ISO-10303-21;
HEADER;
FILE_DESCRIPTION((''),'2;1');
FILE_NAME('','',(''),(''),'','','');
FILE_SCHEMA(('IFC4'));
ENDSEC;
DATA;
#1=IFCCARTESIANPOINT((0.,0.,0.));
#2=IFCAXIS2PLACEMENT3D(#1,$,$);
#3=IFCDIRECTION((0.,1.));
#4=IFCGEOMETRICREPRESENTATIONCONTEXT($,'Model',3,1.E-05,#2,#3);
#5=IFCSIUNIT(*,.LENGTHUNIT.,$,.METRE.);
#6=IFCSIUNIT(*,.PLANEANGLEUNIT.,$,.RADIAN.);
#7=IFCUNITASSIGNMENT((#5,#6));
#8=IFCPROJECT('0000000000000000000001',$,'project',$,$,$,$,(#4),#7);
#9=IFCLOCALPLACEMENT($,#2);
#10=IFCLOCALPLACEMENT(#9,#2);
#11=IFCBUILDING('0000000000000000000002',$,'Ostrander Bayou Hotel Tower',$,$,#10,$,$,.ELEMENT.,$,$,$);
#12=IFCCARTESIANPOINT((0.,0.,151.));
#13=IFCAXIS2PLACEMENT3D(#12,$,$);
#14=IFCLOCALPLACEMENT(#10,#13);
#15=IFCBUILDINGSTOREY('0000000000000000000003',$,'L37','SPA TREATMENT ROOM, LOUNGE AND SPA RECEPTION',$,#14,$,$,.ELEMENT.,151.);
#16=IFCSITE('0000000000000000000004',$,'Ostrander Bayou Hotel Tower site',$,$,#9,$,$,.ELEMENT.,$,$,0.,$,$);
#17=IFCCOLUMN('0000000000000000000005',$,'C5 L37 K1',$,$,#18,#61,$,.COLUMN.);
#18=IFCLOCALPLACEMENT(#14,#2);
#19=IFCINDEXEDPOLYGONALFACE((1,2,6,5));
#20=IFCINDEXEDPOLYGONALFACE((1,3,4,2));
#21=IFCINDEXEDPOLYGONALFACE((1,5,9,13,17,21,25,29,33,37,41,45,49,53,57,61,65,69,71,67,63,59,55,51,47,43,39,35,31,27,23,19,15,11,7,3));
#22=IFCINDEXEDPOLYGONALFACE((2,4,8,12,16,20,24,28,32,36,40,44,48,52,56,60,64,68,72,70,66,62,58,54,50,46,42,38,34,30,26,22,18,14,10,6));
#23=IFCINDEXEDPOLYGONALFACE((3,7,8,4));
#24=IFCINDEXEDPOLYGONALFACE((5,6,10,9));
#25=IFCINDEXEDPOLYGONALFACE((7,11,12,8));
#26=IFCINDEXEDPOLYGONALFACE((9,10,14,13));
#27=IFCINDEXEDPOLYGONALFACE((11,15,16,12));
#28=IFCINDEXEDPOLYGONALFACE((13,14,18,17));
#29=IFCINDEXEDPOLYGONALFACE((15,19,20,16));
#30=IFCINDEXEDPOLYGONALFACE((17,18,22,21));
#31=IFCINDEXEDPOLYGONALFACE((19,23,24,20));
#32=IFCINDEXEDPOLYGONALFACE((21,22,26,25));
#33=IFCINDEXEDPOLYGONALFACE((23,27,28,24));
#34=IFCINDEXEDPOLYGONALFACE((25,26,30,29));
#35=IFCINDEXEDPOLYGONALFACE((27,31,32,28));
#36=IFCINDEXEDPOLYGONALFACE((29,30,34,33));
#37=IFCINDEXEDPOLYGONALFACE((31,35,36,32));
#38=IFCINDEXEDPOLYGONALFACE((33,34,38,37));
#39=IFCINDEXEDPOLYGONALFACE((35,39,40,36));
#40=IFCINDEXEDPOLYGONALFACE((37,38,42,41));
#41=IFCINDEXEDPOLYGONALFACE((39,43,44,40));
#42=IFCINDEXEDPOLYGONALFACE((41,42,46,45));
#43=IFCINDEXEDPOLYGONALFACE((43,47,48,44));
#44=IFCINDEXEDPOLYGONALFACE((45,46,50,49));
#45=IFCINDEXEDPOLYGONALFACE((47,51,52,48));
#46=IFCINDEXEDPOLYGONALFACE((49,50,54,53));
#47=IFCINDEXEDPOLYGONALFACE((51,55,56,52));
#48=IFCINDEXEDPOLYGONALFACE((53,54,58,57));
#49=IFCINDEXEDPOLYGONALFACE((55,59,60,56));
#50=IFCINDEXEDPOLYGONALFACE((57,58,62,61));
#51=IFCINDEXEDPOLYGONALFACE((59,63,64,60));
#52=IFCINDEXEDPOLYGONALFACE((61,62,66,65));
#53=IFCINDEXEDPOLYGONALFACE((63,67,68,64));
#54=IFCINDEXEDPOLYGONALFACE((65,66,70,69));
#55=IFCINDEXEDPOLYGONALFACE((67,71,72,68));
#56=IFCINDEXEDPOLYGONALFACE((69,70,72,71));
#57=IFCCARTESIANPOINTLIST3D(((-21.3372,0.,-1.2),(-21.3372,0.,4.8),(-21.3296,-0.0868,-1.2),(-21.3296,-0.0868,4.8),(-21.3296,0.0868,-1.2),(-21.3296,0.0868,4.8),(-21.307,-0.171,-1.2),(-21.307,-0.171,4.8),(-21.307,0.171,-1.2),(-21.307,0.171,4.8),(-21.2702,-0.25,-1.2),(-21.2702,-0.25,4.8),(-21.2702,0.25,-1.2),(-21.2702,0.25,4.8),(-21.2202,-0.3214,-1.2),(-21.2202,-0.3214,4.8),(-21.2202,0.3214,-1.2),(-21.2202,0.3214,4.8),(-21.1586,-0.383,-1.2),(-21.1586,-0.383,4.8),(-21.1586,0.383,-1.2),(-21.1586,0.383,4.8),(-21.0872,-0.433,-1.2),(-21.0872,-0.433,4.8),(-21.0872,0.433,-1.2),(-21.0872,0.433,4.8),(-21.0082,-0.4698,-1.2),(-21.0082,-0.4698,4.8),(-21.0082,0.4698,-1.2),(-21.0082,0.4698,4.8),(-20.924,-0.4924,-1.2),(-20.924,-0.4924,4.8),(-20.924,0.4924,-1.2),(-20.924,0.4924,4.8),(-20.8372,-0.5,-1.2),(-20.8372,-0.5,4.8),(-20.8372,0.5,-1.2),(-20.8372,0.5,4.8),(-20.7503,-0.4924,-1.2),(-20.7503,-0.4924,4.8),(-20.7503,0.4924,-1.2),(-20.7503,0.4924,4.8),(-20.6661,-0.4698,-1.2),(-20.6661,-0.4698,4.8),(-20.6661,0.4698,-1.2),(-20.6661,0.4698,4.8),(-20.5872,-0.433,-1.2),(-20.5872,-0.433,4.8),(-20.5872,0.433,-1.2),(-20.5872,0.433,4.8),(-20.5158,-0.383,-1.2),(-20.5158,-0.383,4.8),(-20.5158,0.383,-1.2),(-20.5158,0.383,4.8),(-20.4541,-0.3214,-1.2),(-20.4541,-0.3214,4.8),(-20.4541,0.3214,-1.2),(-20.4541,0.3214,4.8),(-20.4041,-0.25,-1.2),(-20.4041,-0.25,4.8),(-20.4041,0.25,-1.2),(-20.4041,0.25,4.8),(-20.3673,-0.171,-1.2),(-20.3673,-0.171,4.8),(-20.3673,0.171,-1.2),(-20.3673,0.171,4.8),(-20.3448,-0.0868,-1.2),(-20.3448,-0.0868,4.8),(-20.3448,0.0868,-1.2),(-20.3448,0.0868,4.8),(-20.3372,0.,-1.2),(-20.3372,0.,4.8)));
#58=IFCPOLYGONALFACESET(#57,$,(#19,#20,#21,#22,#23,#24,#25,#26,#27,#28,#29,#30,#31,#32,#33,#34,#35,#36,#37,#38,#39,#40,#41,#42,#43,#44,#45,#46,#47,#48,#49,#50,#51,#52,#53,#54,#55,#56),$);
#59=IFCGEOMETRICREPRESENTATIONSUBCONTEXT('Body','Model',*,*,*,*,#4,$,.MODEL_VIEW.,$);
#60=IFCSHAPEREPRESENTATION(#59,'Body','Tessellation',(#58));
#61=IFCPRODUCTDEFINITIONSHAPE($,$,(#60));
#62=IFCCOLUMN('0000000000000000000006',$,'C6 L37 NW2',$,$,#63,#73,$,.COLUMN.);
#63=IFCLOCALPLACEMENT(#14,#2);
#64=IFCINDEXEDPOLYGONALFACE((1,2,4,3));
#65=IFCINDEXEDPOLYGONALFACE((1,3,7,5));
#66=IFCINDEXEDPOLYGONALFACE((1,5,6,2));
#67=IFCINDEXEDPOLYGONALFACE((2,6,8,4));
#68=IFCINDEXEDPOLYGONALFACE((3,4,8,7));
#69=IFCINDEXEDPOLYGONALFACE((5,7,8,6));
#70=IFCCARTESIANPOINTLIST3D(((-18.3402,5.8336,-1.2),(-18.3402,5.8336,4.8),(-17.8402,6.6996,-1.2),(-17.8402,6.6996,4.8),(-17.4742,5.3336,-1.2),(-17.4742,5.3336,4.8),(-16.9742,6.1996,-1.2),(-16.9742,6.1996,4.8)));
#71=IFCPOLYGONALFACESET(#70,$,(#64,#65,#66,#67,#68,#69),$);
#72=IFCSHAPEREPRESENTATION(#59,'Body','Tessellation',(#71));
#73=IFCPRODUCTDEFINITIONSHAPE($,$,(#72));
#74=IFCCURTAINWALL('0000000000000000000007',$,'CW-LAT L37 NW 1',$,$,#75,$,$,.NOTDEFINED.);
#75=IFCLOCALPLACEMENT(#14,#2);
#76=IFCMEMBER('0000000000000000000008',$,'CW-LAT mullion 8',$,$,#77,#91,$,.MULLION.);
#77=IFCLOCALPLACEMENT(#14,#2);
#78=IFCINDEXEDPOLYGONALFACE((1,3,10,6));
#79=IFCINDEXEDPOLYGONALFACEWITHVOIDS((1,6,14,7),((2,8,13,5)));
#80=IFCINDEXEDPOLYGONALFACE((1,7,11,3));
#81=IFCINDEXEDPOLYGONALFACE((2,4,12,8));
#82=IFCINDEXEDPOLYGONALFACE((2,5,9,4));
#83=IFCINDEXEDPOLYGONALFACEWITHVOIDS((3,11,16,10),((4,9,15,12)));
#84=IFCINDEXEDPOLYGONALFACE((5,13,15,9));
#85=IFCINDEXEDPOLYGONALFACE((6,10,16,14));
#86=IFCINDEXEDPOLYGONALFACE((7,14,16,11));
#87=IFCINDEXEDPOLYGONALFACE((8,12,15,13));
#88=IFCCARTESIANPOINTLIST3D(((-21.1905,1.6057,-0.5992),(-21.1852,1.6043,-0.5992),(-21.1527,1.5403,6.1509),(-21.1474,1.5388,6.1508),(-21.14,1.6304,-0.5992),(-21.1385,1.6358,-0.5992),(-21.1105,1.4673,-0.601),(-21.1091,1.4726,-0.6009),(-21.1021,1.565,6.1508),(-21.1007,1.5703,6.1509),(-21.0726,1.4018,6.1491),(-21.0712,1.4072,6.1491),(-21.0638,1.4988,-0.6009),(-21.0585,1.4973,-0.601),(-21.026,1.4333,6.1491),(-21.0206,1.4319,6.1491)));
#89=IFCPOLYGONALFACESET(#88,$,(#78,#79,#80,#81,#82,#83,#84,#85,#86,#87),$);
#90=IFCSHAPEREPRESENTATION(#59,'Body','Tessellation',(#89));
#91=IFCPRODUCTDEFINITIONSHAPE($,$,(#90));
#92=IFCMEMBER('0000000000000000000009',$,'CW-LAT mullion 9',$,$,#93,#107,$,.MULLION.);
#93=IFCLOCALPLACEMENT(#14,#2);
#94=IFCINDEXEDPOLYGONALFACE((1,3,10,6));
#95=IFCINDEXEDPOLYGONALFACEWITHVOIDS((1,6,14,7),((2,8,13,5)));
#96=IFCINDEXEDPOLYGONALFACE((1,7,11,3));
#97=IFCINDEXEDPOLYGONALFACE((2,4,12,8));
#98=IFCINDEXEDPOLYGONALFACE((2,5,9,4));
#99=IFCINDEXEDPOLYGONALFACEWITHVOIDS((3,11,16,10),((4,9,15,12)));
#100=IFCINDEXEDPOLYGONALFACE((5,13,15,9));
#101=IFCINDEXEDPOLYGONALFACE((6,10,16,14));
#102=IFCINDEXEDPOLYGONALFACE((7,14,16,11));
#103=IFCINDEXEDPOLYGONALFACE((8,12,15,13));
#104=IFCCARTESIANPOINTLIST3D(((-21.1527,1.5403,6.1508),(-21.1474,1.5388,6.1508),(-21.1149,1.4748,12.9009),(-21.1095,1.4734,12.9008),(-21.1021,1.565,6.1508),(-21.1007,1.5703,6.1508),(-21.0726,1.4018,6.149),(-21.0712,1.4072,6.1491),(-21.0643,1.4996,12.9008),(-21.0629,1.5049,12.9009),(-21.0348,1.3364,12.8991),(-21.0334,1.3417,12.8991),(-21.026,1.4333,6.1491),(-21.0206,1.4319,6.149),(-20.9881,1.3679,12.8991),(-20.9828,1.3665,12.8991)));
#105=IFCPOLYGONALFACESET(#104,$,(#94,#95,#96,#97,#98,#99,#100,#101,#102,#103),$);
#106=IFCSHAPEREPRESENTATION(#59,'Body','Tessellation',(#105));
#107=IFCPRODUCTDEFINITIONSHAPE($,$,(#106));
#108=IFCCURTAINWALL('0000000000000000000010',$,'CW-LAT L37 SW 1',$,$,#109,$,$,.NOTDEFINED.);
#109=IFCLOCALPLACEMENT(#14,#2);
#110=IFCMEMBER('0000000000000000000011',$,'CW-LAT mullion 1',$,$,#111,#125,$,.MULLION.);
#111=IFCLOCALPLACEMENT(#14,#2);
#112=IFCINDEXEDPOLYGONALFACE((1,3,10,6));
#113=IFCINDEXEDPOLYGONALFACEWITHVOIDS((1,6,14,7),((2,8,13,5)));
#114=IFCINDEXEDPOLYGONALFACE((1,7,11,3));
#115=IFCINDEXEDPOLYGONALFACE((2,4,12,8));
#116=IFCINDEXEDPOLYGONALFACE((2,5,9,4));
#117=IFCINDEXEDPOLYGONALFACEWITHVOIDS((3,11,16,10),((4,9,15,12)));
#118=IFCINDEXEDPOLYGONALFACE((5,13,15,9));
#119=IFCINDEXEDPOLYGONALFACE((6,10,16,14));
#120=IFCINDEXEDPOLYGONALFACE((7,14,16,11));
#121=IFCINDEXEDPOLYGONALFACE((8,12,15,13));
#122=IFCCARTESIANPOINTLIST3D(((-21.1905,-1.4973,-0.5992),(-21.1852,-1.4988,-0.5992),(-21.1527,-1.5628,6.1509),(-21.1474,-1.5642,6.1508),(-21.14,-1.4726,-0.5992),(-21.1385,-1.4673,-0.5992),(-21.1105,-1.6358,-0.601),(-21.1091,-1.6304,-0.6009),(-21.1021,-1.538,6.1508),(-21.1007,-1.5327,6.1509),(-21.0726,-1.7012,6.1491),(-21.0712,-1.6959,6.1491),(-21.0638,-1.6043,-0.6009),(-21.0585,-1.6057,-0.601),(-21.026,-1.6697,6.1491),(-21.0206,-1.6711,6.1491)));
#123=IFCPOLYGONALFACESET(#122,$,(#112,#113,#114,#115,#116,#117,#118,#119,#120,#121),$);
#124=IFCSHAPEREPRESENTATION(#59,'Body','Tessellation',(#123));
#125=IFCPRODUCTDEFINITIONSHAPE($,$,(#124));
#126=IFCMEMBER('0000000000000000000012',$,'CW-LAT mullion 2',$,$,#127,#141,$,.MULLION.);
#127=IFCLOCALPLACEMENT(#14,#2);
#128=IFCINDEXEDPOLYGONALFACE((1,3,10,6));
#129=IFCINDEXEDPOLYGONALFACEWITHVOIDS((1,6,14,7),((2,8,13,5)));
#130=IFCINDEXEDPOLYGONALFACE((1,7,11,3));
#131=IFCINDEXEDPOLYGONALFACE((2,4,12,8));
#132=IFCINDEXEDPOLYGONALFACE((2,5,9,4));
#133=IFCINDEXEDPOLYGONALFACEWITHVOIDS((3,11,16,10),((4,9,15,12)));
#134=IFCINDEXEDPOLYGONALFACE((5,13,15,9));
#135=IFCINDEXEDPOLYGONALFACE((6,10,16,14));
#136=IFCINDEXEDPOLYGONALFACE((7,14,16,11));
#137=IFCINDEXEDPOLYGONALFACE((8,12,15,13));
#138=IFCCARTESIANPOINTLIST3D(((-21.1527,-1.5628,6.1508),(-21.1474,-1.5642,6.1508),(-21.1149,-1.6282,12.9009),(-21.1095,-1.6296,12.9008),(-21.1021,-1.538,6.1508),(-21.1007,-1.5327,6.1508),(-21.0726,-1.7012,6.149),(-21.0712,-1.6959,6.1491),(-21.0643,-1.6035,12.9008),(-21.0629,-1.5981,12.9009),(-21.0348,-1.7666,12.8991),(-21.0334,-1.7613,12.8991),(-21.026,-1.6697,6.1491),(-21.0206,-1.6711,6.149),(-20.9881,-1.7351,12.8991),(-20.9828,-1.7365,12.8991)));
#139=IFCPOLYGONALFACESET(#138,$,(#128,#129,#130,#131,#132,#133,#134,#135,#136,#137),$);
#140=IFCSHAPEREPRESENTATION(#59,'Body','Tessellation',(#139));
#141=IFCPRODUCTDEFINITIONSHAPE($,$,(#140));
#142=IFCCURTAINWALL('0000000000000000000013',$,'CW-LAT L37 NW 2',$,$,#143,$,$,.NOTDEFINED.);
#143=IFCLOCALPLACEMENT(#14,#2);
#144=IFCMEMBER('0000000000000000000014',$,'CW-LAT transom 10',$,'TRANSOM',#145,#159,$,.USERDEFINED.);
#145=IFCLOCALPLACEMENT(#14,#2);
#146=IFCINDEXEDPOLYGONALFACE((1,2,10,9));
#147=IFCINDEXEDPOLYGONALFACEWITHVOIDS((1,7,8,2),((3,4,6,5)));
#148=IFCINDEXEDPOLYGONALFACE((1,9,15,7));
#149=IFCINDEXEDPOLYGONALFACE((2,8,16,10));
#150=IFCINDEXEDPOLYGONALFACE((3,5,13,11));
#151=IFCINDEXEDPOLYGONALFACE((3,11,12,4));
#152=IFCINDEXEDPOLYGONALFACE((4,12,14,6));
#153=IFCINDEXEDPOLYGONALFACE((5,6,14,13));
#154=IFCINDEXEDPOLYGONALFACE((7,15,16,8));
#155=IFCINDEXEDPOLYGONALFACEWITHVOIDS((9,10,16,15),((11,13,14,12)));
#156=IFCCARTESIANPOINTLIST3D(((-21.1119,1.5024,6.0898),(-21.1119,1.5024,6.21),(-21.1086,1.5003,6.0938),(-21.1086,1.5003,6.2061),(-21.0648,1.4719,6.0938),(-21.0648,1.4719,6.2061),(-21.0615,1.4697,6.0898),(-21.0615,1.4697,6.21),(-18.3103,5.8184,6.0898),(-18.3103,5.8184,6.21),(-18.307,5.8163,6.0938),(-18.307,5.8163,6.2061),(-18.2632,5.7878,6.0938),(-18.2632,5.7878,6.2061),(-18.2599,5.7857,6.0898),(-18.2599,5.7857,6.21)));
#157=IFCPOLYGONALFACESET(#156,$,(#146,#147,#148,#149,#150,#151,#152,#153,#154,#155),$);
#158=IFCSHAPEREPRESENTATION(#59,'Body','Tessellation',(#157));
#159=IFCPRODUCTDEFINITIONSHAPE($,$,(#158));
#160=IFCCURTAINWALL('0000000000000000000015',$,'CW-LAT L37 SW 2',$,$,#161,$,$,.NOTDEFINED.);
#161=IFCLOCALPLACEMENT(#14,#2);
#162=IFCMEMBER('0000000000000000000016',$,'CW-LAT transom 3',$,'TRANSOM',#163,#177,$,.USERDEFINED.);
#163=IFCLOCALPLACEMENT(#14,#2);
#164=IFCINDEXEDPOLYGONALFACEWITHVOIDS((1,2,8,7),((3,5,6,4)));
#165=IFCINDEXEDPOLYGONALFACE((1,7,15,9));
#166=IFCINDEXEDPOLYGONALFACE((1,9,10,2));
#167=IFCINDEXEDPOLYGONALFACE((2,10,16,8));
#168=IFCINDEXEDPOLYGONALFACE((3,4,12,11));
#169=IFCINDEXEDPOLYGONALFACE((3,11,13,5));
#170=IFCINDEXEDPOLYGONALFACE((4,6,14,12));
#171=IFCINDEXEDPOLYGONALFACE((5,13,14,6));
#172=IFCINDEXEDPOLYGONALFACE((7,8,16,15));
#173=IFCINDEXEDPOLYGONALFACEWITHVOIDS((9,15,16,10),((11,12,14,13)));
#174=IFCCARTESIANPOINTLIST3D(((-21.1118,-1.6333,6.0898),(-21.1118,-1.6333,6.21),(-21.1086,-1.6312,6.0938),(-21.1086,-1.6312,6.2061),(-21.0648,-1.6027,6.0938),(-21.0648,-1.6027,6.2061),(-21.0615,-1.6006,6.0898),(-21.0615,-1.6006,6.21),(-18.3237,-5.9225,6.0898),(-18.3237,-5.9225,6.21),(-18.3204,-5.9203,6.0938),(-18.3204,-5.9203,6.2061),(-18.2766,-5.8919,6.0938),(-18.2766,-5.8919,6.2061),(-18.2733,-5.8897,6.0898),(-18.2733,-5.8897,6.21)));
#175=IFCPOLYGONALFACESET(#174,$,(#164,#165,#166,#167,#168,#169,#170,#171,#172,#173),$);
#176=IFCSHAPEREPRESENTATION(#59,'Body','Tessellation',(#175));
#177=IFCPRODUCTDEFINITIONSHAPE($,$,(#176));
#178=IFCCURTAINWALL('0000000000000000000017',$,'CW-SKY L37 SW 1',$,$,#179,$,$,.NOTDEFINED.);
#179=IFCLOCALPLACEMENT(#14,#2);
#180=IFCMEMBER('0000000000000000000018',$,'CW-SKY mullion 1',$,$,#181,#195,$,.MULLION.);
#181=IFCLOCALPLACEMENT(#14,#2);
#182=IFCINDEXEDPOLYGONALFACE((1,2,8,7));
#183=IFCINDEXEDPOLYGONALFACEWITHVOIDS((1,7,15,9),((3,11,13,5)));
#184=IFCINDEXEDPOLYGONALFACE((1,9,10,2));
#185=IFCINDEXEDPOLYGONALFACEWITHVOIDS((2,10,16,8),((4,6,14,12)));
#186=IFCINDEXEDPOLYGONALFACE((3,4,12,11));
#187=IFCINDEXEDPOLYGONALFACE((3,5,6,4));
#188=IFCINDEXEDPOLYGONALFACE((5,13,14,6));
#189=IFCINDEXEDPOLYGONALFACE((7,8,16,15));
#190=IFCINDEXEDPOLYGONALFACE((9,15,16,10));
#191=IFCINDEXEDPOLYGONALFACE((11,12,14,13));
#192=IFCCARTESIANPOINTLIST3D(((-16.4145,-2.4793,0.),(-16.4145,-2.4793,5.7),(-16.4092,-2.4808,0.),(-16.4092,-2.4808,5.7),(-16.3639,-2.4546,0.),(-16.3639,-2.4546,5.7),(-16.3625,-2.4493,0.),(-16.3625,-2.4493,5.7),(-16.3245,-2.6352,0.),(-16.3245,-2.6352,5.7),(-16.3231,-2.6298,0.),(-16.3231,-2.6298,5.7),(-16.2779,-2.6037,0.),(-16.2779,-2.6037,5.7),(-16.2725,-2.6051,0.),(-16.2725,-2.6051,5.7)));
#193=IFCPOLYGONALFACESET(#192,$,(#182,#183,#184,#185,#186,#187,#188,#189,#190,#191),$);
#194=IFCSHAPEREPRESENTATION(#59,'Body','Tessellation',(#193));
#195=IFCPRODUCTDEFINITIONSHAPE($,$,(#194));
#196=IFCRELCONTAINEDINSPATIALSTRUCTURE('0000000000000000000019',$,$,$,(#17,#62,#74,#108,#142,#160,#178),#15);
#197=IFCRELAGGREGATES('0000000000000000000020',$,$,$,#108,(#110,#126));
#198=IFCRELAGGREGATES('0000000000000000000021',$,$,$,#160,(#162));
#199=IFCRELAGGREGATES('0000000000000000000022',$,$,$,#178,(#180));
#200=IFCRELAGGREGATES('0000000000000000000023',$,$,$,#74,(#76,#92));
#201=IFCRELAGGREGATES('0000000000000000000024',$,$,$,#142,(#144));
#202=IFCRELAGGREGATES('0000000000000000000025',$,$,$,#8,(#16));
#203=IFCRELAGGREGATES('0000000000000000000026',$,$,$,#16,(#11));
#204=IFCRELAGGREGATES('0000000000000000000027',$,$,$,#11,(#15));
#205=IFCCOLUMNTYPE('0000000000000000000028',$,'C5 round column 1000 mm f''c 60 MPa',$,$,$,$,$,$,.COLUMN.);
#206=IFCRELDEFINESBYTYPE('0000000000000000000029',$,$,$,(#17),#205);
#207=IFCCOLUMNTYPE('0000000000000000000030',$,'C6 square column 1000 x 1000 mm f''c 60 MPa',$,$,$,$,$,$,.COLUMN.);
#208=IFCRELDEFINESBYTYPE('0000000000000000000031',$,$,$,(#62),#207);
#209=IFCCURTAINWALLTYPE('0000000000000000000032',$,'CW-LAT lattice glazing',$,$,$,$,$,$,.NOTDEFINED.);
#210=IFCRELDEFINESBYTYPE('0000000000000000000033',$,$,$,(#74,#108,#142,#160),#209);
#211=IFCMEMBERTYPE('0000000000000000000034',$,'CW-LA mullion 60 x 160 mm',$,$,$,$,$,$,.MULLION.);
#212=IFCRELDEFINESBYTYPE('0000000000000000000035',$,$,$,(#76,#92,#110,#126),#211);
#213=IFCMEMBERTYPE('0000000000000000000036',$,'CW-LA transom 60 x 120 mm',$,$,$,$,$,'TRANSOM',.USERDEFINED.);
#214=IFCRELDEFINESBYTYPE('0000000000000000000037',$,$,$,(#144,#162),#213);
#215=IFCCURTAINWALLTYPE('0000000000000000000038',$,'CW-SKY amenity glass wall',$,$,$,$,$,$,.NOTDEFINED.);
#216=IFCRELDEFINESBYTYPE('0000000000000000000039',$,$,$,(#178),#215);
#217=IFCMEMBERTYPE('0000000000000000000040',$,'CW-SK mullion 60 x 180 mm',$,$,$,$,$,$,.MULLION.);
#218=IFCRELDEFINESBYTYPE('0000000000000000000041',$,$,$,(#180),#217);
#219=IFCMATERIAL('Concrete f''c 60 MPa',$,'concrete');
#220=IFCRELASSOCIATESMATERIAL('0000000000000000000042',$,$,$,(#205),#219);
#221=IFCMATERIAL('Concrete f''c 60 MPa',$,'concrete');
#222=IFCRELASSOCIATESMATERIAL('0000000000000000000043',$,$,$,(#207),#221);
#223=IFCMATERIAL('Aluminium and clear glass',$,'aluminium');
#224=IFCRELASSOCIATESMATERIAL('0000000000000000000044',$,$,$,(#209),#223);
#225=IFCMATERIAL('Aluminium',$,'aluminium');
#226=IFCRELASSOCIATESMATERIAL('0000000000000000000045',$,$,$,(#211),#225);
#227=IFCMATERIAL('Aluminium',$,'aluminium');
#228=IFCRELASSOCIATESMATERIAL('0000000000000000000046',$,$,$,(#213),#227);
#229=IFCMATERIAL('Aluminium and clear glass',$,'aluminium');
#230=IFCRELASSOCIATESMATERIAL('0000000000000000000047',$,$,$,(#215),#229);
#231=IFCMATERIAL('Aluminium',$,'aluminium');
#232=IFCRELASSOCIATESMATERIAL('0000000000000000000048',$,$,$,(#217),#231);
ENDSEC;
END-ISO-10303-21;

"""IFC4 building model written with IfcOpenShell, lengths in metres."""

from ifc_helpers import new_model, si_unit, direction, frame, origin, origin_2d, place, context, subcontext, project, spatial, rectangle, hollow_rectangle, circle, extrude, material, material_profile, profile_set, type_object, element, aggregate, save


model = new_model("IFC4")

# Units and contexts
model_context = context("Model", 3, precision=1e-05, world=origin(), true_north=direction((0.0, 1.0)))
body_context = subcontext(model_context, "Body", "Model", "MODEL_VIEW")
ifc_project = project(units=[si_unit("LENGTHUNIT", "METRE"), si_unit("PLANEANGLEUNIT", "RADIAN")], contexts=[model_context])

# Site, building, storey
site_placement = place(None, origin())
site = spatial("IfcSite", under=ifc_project, at=site_placement, Name="Ostrander Bayou Hotel Tower site", CompositionType="ELEMENT", RefElevation=0.0)
building_placement = place(site_placement, origin())
building = spatial("IfcBuilding", under=site, at=building_placement, Name="Ostrander Bayou Hotel Tower", CompositionType="ELEMENT")
storey_placement = place(building_placement, frame((0.0, 0.0, 151.0)))
storey = spatial("IfcBuildingStorey", under=building, at=storey_placement, Name="L37", Description="SPA TREATMENT ROOM, LOUNGE AND SPA RECEPTION", CompositionType="ELEMENT", Elevation=151.0)

# Columns
ifc_material_1 = material(Name="Concrete f'c 60 MPa", Category="concrete")
ifc_material_profile_1 = material_profile(ifc_material_1, circle(Radius=0.5, at=origin_2d()))
ifc_profile_set_1 = profile_set([ifc_material_profile_1], Name="Concrete f'c 60 MPa")
column_type_1 = type_object("IfcColumnType", Name="C5 round column 1000 mm f'c 60 MPa", PredefinedType="COLUMN", material=ifc_profile_set_1)
column_1_placement = place(storey_placement, frame((-20.8372, 0.0, -1.2), z_axis=(0.0, 0.0, 1.0), x_axis=(1.0, 0.0, 0.0)))
element("IfcColumn", 1, at=column_1_placement, inside=storey, type_object=column_type_1, Name="C5 L37 K1", PredefinedType="COLUMN", context=body_context, shape_type="SweptSolid", body=[
    extrude(circle(Radius=0.5, at=origin_2d()), origin(), (0.0, 0.0, 1.0), 6.0),
])
ifc_material_2 = material(Name="Concrete f'c 60 MPa", Category="concrete")
ifc_material_profile_2 = material_profile(ifc_material_2, rectangle(XDim=1.0, YDim=1.0, at=origin_2d()))
ifc_profile_set_2 = profile_set([ifc_material_profile_2], Name="Concrete f'c 60 MPa")
column_type_2 = type_object("IfcColumnType", Name="C6 square column 1000 x 1000 mm f'c 60 MPa", PredefinedType="COLUMN", material=ifc_profile_set_2)
column_2_placement = place(storey_placement, frame((-17.6572, 6.0166, -1.2), z_axis=(0.0, 0.0, 1.0), x_axis=(0.5, 0.866025, 0.0)))
element("IfcColumn", 2, at=column_2_placement, inside=storey, type_object=column_type_2, Name="C6 L37 NW2", PredefinedType="COLUMN", context=body_context, shape_type="SweptSolid", body=[
    extrude(rectangle(XDim=1.0, YDim=1.0, at=origin_2d()), origin(), (0.0, 0.0, 1.0), 6.0),
])

# Curtain walls, members
ifc_material_3 = material(Name="Aluminium and clear glass", Category="aluminium")
curtain_wall_type_1 = type_object("IfcCurtainWallType", Name="CW-LAT lattice glazing", PredefinedType="NOTDEFINED", material=ifc_material_3)
curtain_wall_1_placement = place(storey_placement, origin())
curtain_wall_1 = element("IfcCurtainWall", 3, at=curtain_wall_1_placement, inside=storey, type_object=curtain_wall_type_1, Name="CW-LAT L37 NW 1", PredefinedType="NOTDEFINED")
ifc_material_4 = material(Name="Aluminium", Category="aluminium")
ifc_material_profile_3 = material_profile(ifc_material_4, hollow_rectangle(XDim=0.0601, YDim=0.1599, WallThickness=0.0039, at=origin_2d()))
ifc_profile_set_3 = profile_set([ifc_material_profile_3], Name="Aluminium")
member_type_1 = type_object("IfcMemberType", Name="CW-LA mullion 60 x 160 mm", PredefinedType="MULLION", material=ifc_profile_set_3)
member_1_placement = place(storey_placement, frame((-21.1245, 1.5515, -0.6001), z_axis=(0.005606, -0.009693, 0.999937), x_axis=(0.865647, 0.500654, 0.0)))
member_1 = element("IfcMember", 4, at=member_1_placement, type_object=member_type_1, Name="CW-LAT mullion 8", PredefinedType="MULLION", context=body_context, shape_type="SweptSolid", body=[
    extrude(hollow_rectangle(XDim=0.0601, YDim=0.1599, WallThickness=0.0039, at=origin_2d()), origin(), (0.0, 0.0, 1.0), 6.7505),
])
member_2_placement = place(storey_placement, frame((-21.0867, 1.4861, 6.1499), z_axis=(0.005606, -0.009693, 0.999937), x_axis=(0.865647, 0.500654, 0.0)))
member_2 = element("IfcMember", 5, at=member_2_placement, type_object=member_type_1, Name="CW-LAT mullion 9", PredefinedType="MULLION", context=body_context, shape_type="SweptSolid", body=[
    extrude(hollow_rectangle(XDim=0.0601, YDim=0.1599, WallThickness=0.0039, at=origin_2d()), origin(), (0.0, 0.0, 1.0), 6.7505),
])
curtain_wall_2_placement = place(storey_placement, origin())
curtain_wall_2 = element("IfcCurtainWall", 6, at=curtain_wall_2_placement, inside=storey, type_object=curtain_wall_type_1, Name="CW-LAT L37 SW 1", PredefinedType="NOTDEFINED")
member_3_placement = place(storey_placement, frame((-21.1245, -1.5515, -0.6001), z_axis=(0.005606, -0.009693, 0.999937), x_axis=(0.865647, 0.500654, 0.0)))
member_3 = element("IfcMember", 7, at=member_3_placement, type_object=member_type_1, Name="CW-LAT mullion 1", PredefinedType="MULLION", context=body_context, shape_type="SweptSolid", body=[
    extrude(hollow_rectangle(XDim=0.0601, YDim=0.1599, WallThickness=0.0039, at=origin_2d()), origin(), (0.0, 0.0, 1.0), 6.7505),
])
member_4_placement = place(storey_placement, frame((-21.0867, -1.6169, 6.1499), z_axis=(0.005606, -0.009693, 0.999937), x_axis=(0.865647, 0.500654, 0.0)))
member_4 = element("IfcMember", 8, at=member_4_placement, type_object=member_type_1, Name="CW-LAT mullion 2", PredefinedType="MULLION", context=body_context, shape_type="SweptSolid", body=[
    extrude(hollow_rectangle(XDim=0.0601, YDim=0.1599, WallThickness=0.0039, at=origin_2d()), origin(), (0.0, 0.0, 1.0), 6.7505),
])
aggregate(curtain_wall_2, [member_3, member_4])

# Curtain walls, members
curtain_wall_3_placement = place(storey_placement, origin())
curtain_wall_3 = element("IfcCurtainWall", 9, at=curtain_wall_3_placement, inside=storey, type_object=curtain_wall_type_1, Name="CW-LAT L37 NW 2", PredefinedType="NOTDEFINED")
ifc_material_5 = material(Name="Aluminium", Category="aluminium")
ifc_material_profile_4 = material_profile(ifc_material_5, hollow_rectangle(XDim=0.0601, YDim=0.1201, WallThickness=0.0039, at=origin_2d()))
ifc_profile_set_4 = profile_set([ifc_material_profile_4], Name="Aluminium")
member_type_2 = type_object("IfcMemberType", Name="CW-LA transom 60 x 120 mm", ElementType="TRANSOM", PredefinedType="USERDEFINED", material=ifc_profile_set_4)
member_5_placement = place(storey_placement, frame((-21.0867, 1.4861, 6.1499), z_axis=(0.544465, 0.838784, 0.0), x_axis=(-0.838784, 0.544465, 0.0)))
member_5 = element("IfcMember", 10, at=member_5_placement, type_object=member_type_2, Name="CW-LAT transom 10", ObjectType="TRANSOM", PredefinedType="USERDEFINED", context=body_context, shape_type="SweptSolid", body=[
    extrude(hollow_rectangle(XDim=0.0601, YDim=0.1201, WallThickness=0.0039, at=origin_2d()), origin(), (0.0, 0.0, 1.0), 5.1455),
])
curtain_wall_4_placement = place(storey_placement, origin())
curtain_wall_4 = element("IfcCurtainWall", 11, at=curtain_wall_4_placement, inside=storey, type_object=curtain_wall_type_1, Name="CW-LAT L37 SW 2", PredefinedType="NOTDEFINED")
member_6_placement = place(storey_placement, frame((-21.0867, -1.6169, 6.1499), z_axis=(0.545015, -0.838426, 0.0), x_axis=(0.838426, 0.545015, 0.0)))
member_6 = element("IfcMember", 12, at=member_6_placement, type_object=member_type_2, Name="CW-LAT transom 3", ObjectType="TRANSOM", PredefinedType="USERDEFINED", context=body_context, shape_type="SweptSolid", body=[
    extrude(hollow_rectangle(XDim=0.0601, YDim=0.1201, WallThickness=0.0039, at=origin_2d()), origin(), (0.0, 0.0, 1.0), 5.1157),
])
aggregate(curtain_wall_4, [member_6])
ifc_material_6 = material(Name="Aluminium and clear glass", Category="aluminium")
curtain_wall_type_2 = type_object("IfcCurtainWallType", Name="CW-SKY amenity glass wall", PredefinedType="NOTDEFINED", material=ifc_material_6)
curtain_wall_5_placement = place(storey_placement, origin())
curtain_wall_5 = element("IfcCurtainWall", 13, at=curtain_wall_5_placement, inside=storey, type_object=curtain_wall_type_2, Name="CW-SKY L37 SW 1", PredefinedType="NOTDEFINED")
ifc_material_7 = material(Name="Aluminium", Category="aluminium")
ifc_material_profile_5 = material_profile(ifc_material_7, hollow_rectangle(XDim=0.0601, YDim=0.1799, WallThickness=0.0039, at=origin_2d()))
ifc_profile_set_5 = profile_set([ifc_material_profile_5], Name="Aluminium")
member_type_3 = type_object("IfcMemberType", Name="CW-SK mullion 60 x 180 mm", PredefinedType="MULLION", material=ifc_profile_set_5)
member_7_placement = place(storey_placement, frame((-16.3435, -2.5422, 0.0), z_axis=(0.0, 0.0, 1.0), x_axis=(0.866025, 0.5, 0.0)))
member_7 = element("IfcMember", 14, at=member_7_placement, type_object=member_type_3, Name="CW-SKY mullion 1", PredefinedType="MULLION", context=body_context, shape_type="SweptSolid", body=[
    extrude(hollow_rectangle(XDim=0.0601, YDim=0.1799, WallThickness=0.0039, at=origin_2d()), origin(), (0.0, 0.0, 1.0), 5.7),
])
aggregate(curtain_wall_5, [member_7])

aggregate(curtain_wall_1, [member_1, member_2])
aggregate(curtain_wall_3, [member_5])

save(model, "model.ifc")
